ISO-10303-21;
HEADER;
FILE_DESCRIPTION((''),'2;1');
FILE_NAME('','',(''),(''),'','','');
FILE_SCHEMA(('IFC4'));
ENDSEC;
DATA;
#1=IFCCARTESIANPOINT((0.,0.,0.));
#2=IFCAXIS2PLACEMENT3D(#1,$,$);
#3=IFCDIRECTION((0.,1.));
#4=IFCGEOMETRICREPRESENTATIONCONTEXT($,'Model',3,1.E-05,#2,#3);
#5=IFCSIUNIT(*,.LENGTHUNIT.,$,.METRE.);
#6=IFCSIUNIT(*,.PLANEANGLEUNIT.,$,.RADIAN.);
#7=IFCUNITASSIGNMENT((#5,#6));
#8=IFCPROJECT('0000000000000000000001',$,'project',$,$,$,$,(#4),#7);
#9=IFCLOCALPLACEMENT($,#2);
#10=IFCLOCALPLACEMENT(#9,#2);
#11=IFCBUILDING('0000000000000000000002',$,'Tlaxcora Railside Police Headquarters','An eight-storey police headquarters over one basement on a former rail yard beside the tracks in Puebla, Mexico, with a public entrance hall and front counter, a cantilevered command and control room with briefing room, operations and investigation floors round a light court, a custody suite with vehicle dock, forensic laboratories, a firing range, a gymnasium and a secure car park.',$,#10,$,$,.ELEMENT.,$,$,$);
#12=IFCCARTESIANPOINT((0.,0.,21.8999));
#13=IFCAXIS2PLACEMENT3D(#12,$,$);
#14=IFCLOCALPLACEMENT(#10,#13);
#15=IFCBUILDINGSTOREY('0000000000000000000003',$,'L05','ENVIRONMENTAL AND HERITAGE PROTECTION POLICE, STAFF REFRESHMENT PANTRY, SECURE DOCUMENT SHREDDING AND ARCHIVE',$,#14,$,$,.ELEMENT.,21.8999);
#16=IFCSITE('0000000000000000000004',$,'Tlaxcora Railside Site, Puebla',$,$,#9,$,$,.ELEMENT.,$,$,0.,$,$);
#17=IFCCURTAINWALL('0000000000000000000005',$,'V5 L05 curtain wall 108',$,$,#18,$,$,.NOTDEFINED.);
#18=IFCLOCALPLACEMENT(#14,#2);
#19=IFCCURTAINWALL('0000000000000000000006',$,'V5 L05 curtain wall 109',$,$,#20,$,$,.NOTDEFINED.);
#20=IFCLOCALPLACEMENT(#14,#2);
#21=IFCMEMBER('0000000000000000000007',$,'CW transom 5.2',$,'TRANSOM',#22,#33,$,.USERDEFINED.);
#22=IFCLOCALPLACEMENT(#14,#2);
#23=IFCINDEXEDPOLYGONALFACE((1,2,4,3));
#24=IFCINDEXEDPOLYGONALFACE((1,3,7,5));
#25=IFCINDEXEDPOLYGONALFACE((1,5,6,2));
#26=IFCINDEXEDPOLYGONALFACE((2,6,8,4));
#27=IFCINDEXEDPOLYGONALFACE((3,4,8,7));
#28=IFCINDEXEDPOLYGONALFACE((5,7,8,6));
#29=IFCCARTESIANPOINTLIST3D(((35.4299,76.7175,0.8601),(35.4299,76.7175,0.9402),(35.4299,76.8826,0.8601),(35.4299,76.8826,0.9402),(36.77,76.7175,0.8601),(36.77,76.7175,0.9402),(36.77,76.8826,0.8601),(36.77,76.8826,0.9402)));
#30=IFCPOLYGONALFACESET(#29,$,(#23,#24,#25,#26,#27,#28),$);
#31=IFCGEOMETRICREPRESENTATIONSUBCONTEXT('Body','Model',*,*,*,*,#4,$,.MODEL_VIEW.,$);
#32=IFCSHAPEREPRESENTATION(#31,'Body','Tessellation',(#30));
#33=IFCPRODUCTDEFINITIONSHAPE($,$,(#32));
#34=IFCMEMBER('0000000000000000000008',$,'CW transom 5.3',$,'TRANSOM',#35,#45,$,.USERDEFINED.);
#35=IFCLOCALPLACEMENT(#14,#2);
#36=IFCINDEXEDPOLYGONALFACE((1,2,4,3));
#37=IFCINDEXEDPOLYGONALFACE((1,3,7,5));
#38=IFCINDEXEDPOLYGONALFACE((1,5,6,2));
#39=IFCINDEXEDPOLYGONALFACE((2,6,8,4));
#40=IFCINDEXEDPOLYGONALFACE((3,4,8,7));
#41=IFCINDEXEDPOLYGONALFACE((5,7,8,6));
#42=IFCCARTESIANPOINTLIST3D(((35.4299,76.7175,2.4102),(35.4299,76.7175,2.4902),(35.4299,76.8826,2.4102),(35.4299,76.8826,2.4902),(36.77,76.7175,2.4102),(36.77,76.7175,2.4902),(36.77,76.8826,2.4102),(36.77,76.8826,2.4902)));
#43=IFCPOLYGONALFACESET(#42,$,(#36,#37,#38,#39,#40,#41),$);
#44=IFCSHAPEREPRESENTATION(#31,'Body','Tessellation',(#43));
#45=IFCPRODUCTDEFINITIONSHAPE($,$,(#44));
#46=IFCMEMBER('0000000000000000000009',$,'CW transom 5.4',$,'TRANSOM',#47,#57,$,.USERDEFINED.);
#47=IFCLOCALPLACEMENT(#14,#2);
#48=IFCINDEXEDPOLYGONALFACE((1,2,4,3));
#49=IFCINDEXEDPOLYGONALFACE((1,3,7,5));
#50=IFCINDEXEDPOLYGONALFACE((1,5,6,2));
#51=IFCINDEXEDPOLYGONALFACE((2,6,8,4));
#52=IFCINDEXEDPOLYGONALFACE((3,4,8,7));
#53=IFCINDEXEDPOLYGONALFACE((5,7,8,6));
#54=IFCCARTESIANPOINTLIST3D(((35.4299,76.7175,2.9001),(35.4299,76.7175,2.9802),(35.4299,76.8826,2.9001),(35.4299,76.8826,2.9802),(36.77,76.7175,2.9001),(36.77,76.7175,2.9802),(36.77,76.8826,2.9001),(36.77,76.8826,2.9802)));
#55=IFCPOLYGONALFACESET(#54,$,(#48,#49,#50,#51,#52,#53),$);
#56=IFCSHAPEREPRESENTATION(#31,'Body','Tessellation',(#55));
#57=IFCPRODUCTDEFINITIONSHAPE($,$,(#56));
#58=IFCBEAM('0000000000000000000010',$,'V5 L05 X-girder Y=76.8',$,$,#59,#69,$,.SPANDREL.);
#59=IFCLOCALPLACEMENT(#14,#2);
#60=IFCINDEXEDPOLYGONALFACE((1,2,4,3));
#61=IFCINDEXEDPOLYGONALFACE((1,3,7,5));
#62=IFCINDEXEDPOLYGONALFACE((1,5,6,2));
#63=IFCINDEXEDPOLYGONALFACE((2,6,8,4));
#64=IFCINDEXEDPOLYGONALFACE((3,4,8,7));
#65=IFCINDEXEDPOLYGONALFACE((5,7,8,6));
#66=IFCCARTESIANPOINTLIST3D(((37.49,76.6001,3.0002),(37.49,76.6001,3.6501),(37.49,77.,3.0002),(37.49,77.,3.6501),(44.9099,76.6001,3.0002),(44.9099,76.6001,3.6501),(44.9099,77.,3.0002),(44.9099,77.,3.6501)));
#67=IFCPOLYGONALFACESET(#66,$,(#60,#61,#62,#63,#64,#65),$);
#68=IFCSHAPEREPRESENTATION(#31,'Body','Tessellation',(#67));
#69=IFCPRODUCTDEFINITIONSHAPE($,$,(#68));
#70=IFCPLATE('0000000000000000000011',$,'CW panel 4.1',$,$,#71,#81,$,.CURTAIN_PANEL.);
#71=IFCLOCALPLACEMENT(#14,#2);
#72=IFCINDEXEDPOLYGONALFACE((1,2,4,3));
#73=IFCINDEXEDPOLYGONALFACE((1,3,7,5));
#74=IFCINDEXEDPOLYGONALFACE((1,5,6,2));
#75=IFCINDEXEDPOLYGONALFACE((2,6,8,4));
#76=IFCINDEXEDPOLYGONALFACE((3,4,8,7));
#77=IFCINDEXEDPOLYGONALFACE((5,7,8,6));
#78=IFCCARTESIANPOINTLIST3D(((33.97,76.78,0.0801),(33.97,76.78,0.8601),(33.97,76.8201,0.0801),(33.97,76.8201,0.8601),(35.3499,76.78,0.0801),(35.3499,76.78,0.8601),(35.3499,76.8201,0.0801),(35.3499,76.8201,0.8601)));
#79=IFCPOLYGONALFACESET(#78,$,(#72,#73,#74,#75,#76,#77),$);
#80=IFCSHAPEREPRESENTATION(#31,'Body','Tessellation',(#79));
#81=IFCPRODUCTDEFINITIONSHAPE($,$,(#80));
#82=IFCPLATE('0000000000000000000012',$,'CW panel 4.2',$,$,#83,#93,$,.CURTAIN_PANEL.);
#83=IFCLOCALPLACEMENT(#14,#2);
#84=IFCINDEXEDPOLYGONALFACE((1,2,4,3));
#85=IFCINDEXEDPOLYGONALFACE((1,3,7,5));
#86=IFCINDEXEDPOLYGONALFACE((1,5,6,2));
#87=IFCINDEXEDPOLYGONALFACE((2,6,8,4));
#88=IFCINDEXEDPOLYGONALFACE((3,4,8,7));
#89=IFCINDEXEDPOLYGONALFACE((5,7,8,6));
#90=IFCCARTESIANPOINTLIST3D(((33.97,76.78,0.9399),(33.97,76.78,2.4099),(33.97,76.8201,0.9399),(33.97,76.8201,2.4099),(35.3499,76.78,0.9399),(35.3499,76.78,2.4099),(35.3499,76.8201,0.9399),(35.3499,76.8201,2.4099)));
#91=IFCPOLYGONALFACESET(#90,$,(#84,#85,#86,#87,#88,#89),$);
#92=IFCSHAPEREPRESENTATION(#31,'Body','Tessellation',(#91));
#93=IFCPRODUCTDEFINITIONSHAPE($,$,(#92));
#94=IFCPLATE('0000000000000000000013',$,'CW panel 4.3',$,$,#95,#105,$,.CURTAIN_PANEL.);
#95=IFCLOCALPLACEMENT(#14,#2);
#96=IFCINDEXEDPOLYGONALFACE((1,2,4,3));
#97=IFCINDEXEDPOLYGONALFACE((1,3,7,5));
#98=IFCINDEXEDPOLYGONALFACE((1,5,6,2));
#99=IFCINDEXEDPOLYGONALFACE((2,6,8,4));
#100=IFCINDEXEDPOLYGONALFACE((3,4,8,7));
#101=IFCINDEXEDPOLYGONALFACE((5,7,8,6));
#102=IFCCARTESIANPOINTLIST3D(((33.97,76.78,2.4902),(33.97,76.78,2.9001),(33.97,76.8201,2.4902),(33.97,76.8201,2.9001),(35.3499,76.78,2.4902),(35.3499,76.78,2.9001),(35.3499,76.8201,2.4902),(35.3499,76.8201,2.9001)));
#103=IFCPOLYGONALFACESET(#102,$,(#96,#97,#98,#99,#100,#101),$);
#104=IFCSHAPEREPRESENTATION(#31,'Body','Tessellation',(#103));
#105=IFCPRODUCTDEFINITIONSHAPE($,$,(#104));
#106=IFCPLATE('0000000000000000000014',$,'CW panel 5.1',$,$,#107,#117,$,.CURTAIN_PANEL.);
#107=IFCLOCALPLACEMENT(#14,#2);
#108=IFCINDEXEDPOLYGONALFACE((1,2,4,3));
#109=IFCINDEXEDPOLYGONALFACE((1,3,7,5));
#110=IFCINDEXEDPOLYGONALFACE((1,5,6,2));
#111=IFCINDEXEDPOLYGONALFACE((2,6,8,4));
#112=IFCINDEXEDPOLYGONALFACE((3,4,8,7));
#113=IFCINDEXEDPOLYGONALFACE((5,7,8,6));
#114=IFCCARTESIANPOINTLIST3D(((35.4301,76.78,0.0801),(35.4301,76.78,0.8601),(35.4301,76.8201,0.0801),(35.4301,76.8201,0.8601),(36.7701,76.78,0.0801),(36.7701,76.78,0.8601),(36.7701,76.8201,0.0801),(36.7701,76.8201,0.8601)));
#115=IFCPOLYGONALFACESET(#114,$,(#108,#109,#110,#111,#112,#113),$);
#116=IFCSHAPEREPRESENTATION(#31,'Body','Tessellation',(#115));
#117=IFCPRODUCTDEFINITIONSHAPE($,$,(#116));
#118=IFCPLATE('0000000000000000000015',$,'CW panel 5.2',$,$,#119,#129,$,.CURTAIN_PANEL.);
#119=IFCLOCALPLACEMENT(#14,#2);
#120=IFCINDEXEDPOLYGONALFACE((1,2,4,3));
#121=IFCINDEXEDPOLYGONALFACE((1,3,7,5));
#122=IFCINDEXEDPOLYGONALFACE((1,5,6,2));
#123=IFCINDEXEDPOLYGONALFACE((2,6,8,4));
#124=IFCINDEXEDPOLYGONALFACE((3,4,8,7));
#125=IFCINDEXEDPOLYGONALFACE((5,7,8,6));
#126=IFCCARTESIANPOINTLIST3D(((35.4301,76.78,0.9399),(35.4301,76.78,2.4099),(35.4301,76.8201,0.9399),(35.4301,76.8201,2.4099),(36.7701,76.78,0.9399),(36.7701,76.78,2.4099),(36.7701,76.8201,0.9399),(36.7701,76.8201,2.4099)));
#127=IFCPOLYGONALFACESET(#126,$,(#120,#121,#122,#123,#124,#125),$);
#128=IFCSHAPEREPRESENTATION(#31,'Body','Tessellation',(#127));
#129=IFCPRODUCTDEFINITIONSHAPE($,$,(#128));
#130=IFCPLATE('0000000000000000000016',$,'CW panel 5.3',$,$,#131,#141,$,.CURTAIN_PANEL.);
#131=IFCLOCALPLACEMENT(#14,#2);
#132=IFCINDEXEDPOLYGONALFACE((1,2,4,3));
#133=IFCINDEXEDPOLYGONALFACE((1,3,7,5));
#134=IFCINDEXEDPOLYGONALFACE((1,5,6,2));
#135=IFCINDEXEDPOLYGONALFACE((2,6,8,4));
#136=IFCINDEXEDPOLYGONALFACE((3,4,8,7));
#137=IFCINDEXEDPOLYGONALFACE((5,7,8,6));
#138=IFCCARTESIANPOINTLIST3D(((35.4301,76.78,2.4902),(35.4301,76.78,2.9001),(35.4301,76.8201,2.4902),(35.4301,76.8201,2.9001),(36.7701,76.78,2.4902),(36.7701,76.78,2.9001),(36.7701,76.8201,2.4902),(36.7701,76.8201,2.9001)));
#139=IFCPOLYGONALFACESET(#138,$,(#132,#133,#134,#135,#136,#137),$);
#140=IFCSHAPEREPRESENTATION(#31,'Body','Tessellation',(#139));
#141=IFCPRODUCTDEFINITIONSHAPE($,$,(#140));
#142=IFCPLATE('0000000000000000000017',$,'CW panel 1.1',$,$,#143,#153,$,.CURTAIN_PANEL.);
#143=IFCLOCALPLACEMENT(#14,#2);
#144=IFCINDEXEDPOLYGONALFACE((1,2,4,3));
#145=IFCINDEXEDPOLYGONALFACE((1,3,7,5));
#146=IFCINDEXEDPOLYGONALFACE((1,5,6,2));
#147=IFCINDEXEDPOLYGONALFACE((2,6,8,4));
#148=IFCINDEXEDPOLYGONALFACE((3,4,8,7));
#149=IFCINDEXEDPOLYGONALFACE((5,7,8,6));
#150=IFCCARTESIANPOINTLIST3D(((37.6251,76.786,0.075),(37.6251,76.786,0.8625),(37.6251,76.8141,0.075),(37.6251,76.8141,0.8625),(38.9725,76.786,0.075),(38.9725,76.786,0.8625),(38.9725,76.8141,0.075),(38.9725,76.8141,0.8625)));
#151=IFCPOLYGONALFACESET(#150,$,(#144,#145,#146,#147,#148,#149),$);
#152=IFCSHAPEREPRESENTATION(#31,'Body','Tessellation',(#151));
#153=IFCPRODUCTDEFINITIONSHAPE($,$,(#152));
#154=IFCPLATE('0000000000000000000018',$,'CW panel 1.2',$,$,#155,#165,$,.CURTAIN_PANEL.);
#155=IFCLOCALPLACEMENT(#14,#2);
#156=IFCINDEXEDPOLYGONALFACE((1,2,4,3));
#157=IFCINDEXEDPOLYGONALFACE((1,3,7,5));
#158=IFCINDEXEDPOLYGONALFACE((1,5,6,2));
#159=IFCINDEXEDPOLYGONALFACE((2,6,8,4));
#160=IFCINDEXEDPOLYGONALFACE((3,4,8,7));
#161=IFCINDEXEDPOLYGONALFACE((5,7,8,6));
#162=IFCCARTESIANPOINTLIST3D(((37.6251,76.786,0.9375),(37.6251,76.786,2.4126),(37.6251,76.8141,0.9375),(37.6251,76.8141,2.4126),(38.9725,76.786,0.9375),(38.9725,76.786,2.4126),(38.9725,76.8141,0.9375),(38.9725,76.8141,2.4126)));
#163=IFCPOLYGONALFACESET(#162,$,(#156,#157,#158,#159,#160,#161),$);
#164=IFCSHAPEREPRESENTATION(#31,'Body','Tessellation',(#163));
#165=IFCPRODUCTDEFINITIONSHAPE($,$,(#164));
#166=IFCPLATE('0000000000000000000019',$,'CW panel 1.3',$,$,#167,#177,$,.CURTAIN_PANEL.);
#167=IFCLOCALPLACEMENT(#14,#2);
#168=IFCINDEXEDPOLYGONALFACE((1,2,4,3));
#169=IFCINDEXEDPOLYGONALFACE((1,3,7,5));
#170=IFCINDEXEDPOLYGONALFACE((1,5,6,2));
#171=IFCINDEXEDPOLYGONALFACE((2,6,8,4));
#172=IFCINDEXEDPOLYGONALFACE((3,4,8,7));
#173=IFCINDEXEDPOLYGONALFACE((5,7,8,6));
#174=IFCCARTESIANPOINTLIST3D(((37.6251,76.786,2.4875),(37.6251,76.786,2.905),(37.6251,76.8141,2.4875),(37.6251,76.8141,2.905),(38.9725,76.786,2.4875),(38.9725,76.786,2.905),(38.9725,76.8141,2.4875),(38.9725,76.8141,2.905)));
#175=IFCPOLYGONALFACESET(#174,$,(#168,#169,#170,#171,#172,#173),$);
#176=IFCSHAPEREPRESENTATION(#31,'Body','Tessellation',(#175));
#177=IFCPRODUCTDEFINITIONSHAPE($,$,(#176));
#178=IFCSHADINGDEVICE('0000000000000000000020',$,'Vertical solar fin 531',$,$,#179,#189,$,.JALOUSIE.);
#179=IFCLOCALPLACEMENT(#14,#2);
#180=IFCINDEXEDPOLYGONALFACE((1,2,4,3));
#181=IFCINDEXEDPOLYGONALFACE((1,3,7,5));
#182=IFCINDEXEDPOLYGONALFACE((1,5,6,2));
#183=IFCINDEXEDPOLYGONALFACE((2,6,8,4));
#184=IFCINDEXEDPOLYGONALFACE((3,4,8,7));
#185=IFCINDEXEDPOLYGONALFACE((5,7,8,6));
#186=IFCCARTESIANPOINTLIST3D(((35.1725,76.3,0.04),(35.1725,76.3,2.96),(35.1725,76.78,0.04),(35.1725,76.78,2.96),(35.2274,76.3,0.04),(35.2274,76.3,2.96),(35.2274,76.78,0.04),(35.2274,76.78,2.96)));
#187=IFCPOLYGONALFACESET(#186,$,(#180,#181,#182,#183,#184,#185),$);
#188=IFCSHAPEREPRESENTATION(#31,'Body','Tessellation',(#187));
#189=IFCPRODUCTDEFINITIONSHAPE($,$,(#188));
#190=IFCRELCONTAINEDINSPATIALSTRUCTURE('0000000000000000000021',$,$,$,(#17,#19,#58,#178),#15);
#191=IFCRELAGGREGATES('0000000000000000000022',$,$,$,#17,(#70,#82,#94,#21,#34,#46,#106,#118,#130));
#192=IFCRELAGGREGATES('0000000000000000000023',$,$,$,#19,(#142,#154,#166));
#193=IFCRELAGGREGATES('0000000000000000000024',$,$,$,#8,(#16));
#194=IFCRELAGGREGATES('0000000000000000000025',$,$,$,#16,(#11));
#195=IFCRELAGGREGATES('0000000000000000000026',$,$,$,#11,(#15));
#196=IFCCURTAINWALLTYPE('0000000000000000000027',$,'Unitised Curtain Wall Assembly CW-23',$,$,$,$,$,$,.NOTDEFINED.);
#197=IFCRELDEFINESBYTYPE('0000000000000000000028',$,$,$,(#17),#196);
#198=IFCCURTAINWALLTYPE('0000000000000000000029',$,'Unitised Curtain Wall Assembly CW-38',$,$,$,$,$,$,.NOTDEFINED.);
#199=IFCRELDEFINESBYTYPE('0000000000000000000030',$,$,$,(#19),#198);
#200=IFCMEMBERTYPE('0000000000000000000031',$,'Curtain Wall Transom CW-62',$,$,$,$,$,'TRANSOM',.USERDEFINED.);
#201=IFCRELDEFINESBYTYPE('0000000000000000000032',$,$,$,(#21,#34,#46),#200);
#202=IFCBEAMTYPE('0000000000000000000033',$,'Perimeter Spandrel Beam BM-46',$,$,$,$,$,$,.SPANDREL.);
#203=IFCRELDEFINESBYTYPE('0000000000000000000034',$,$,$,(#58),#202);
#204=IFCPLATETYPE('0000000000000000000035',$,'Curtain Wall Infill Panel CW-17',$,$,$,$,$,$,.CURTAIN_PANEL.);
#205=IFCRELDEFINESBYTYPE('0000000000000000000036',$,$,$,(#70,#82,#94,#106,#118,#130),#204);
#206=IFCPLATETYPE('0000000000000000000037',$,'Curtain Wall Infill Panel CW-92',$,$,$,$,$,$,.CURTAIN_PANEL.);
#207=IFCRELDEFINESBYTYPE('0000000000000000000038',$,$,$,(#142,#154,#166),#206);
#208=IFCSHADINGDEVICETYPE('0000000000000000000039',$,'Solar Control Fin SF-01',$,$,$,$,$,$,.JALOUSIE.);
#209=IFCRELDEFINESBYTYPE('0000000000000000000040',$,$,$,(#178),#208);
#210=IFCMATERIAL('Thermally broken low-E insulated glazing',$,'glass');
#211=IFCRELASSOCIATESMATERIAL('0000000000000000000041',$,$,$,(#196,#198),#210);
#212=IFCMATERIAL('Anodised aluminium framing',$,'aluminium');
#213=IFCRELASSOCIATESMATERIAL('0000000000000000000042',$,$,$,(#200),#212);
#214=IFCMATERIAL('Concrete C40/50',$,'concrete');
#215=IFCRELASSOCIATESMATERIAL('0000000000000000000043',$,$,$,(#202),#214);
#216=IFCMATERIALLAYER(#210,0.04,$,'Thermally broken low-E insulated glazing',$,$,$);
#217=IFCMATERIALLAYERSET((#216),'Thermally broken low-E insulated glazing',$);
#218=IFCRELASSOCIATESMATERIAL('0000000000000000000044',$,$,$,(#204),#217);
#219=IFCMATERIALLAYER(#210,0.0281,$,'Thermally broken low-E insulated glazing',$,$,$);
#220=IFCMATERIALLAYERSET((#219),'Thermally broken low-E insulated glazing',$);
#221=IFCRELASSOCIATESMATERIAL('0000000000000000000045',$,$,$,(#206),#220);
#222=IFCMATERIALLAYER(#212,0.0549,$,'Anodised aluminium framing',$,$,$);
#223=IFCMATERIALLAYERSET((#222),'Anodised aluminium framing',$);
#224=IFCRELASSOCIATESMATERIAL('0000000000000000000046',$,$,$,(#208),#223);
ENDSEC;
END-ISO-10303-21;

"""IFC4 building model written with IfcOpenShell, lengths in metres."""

from ifc_helpers import new_model, si_unit, direction, frame, origin, origin_2d, place, context, subcontext, project, spatial, rectangle, extrude, material, layer, layer_set, material_profile, profile_set, type_object, element, aggregate, save


model = new_model("IFC4")

# Units and contexts
model_context = context("Model", 3, precision=1e-05, world=origin(), true_north=direction((0.0, 1.0)))
body_context = subcontext(model_context, "Body", "Model", "MODEL_VIEW")
ifc_project = project(units=[si_unit("LENGTHUNIT", "METRE"), si_unit("PLANEANGLEUNIT", "RADIAN")], contexts=[model_context])

# Site, building, storey
site_placement = place(None, origin())
site = spatial("IfcSite", under=ifc_project, at=site_placement, Name="Tlaxcora Railside Site, Puebla", CompositionType="ELEMENT", RefElevation=0.0)
building_placement = place(site_placement, origin())
building = spatial("IfcBuilding", under=site, at=building_placement, Name="Tlaxcora Railside Police Headquarters", Description="An eight-storey police headquarters over one basement on a former rail yard beside the tracks in Puebla, Mexico, with a public entrance hall and front counter, a cantilevered command and control room with briefing room, operations and investigation floors round a light court, a custody suite with vehicle dock, forensic laboratories, a firing range, a gymnasium and a secure car park.", CompositionType="ELEMENT")
storey_placement = place(building_placement, frame((0.0, 0.0, 21.8999)))
storey = spatial("IfcBuildingStorey", under=building, at=storey_placement, Name="L05", Description="ENVIRONMENTAL AND HERITAGE PROTECTION POLICE, STAFF REFRESHMENT PANTRY, SECURE DOCUMENT SHREDDING AND ARCHIVE", CompositionType="ELEMENT", Elevation=21.8999)

# Shared definitions
ifc_material_1 = material(Name="Concrete C40/50", Category="concrete")

# Curtain walls
ifc_material_2 = material(Name="Thermally broken low-E insulated glazing", Category="glass")
curtain_wall_type_1 = type_object("IfcCurtainWallType", Name="Unitised Curtain Wall Assembly CW-23", PredefinedType="NOTDEFINED", material=ifc_material_2)
curtain_wall_1_placement = place(storey_placement, origin())
curtain_wall_1 = element("IfcCurtainWall", 1, at=curtain_wall_1_placement, inside=storey, type_object=curtain_wall_type_1, Name="V5 L05 curtain wall 108", PredefinedType="NOTDEFINED")
ifc_material_3 = material(Name="Anodised aluminium framing", Category="aluminium")
curtain_wall_type_2 = type_object("IfcCurtainWallType", Name="Unitised Curtain Wall Assembly CW-38", PredefinedType="NOTDEFINED", material=ifc_material_2)
curtain_wall_2_placement = place(storey_placement, origin())
curtain_wall_2 = element("IfcCurtainWall", 2, at=curtain_wall_2_placement, inside=storey, type_object=curtain_wall_type_2, Name="V5 L05 curtain wall 109", PredefinedType="NOTDEFINED")

# Members
ifc_material_profile_1 = material_profile(ifc_material_3, rectangle(XDim=0.165, YDim=0.0801, at=origin_2d()), Name="AL80X165")
ifc_profile_set_1 = profile_set([ifc_material_profile_1], Name="Anodised aluminium framing")
member_type_1 = type_object("IfcMemberType", Name="Curtain Wall Transom CW-62", ElementType="TRANSOM", PredefinedType="USERDEFINED", material=ifc_profile_set_1)
member_1_placement = place(storey_placement, frame((35.4299, 76.8, 0.9001), z_axis=(1.0, 0.0, 0.0), x_axis=(0.0, 1.0, 0.0)))
member_1 = element("IfcMember", 3, at=member_1_placement, type_object=member_type_1, Name="CW transom 5.2", ObjectType="TRANSOM", PredefinedType="USERDEFINED", context=body_context, shape_type="SweptSolid", body=[
    extrude(rectangle(XDim=0.165, YDim=0.0801, at=origin_2d()), origin(), (0.0, 0.0, 1.0), 1.3401),
])
member_2_placement = place(storey_placement, frame((35.4299, 76.8, 2.4502), z_axis=(1.0, 0.0, 0.0), x_axis=(0.0, 1.0, 0.0)))
member_2 = element("IfcMember", 4, at=member_2_placement, type_object=member_type_1, Name="CW transom 5.3", ObjectType="TRANSOM", PredefinedType="USERDEFINED", context=body_context, shape_type="SweptSolid", body=[
    extrude(rectangle(XDim=0.165, YDim=0.0801, at=origin_2d()), origin(), (0.0, 0.0, 1.0), 1.3401),
])
member_3_placement = place(storey_placement, frame((35.4299, 76.8, 2.9402), z_axis=(1.0, 0.0, 0.0), x_axis=(0.0, 1.0, 0.0)))
member_3 = element("IfcMember", 5, at=member_3_placement, type_object=member_type_1, Name="CW transom 5.4", ObjectType="TRANSOM", PredefinedType="USERDEFINED", context=body_context, shape_type="SweptSolid", body=[
    extrude(rectangle(XDim=0.165, YDim=0.0801, at=origin_2d()), origin(), (0.0, 0.0, 1.0), 1.3401),
])

# Beam
ifc_material_profile_2 = material_profile(ifc_material_1, rectangle(XDim=0.3999, YDim=0.6499, at=origin_2d()), Name="RC400X650")
ifc_profile_set_2 = profile_set([ifc_material_profile_2], Name="Concrete C40/50")
beam_type = type_object("IfcBeamType", Name="Perimeter Spandrel Beam BM-46", PredefinedType="SPANDREL", material=ifc_profile_set_2)
beam_placement = place(storey_placement, frame((37.49, 76.8, 3.3252), z_axis=(1.0, 0.0, 0.0), x_axis=(0.0, 1.0, 0.0)))
element("IfcBeam", 6, at=beam_placement, inside=storey, type_object=beam_type, Name="V5 L05 X-girder Y=76.8", PredefinedType="SPANDREL", context=body_context, shape_type="SweptSolid", body=[
    extrude(rectangle(XDim=0.3999, YDim=0.6499, at=origin_2d()), origin(), (0.0, 0.0, 1.0), 7.4199),
])

# Plates
ifc_layer_1 = layer(ifc_material_2, 0.04, Name="Thermally broken low-E insulated glazing")
ifc_layer_set_1 = layer_set([ifc_layer_1], Name="Thermally broken low-E insulated glazing")
plate_type_1 = type_object("IfcPlateType", Name="Curtain Wall Infill Panel CW-17", PredefinedType="CURTAIN_PANEL", material=ifc_layer_set_1)
plate_1_placement = place(storey_placement, frame((34.6599, 76.8, 0.0801), z_axis=(0.0, 0.0, 1.0), x_axis=(1.0, 0.0, 0.0)))
plate_1 = element("IfcPlate", 7, at=plate_1_placement, type_object=plate_type_1, Name="CW panel 4.1", PredefinedType="CURTAIN_PANEL", context=body_context, shape_type="SweptSolid", body=[
    extrude(rectangle(XDim=1.3799, YDim=0.04, at=origin_2d()), origin(), (0.0, 0.0, 1.0), 0.78),
])
plate_2_placement = place(storey_placement, frame((34.6599, 76.8, 0.9399), z_axis=(0.0, 0.0, 1.0), x_axis=(1.0, 0.0, 0.0)))
plate_2 = element("IfcPlate", 8, at=plate_2_placement, type_object=plate_type_1, Name="CW panel 4.2", PredefinedType="CURTAIN_PANEL", context=body_context, shape_type="SweptSolid", body=[
    extrude(rectangle(XDim=1.3799, YDim=0.04, at=origin_2d()), origin(), (0.0, 0.0, 1.0), 1.47),
])
plate_3_placement = place(storey_placement, frame((34.6599, 76.8, 2.4902), z_axis=(0.0, 0.0, 1.0), x_axis=(1.0, 0.0, 0.0)))
plate_3 = element("IfcPlate", 9, at=plate_3_placement, type_object=plate_type_1, Name="CW panel 4.3", PredefinedType="CURTAIN_PANEL", context=body_context, shape_type="SweptSolid", body=[
    extrude(rectangle(XDim=1.3799, YDim=0.04, at=origin_2d()), origin(), (0.0, 0.0, 1.0), 0.4099),
])
plate_4_placement = place(storey_placement, frame((36.1001, 76.8, 0.0801), z_axis=(0.0, 0.0, 1.0), x_axis=(1.0, 0.0, 0.0)))
plate_4 = element("IfcPlate", 10, at=plate_4_placement, type_object=plate_type_1, Name="CW panel 5.1", PredefinedType="CURTAIN_PANEL", context=body_context, shape_type="SweptSolid", body=[
    extrude(rectangle(XDim=1.3401, YDim=0.04, at=origin_2d()), origin(), (0.0, 0.0, 1.0), 0.78),
])
plate_5_placement = place(storey_placement, frame((36.1001, 76.8, 0.9399), z_axis=(0.0, 0.0, 1.0), x_axis=(1.0, 0.0, 0.0)))
plate_5 = element("IfcPlate", 11, at=plate_5_placement, type_object=plate_type_1, Name="CW panel 5.2", PredefinedType="CURTAIN_PANEL", context=body_context, shape_type="SweptSolid", body=[
    extrude(rectangle(XDim=1.3401, YDim=0.04, at=origin_2d()), origin(), (0.0, 0.0, 1.0), 1.47),
])
plate_6_placement = place(storey_placement, frame((36.1001, 76.8, 2.4902), z_axis=(0.0, 0.0, 1.0), x_axis=(1.0, 0.0, 0.0)))
plate_6 = element("IfcPlate", 12, at=plate_6_placement, type_object=plate_type_1, Name="CW panel 5.3", PredefinedType="CURTAIN_PANEL", context=body_context, shape_type="SweptSolid", body=[
    extrude(rectangle(XDim=1.3401, YDim=0.04, at=origin_2d()), origin(), (0.0, 0.0, 1.0), 0.4099),
])
aggregate(curtain_wall_1, [plate_1, plate_2, plate_3, member_1, member_2, member_3, plate_4, plate_5, plate_6])
ifc_layer_2 = layer(ifc_material_2, 0.0281, Name="Thermally broken low-E insulated glazing")
ifc_layer_set_2 = layer_set([ifc_layer_2], Name="Thermally broken low-E insulated glazing")
plate_type_2 = type_object("IfcPlateType", Name="Curtain Wall Infill Panel CW-92", PredefinedType="CURTAIN_PANEL", material=ifc_layer_set_2)
plate_7_placement = place(storey_placement, frame((38.2988, 76.8, 0.075), z_axis=(0.0, 0.0, 1.0), x_axis=(1.0, 0.0, 0.0)))
plate_7 = element("IfcPlate", 13, at=plate_7_placement, type_object=plate_type_2, Name="CW panel 1.1", PredefinedType="CURTAIN_PANEL", context=body_context, shape_type="SweptSolid", body=[
    extrude(rectangle(XDim=1.3474, YDim=0.0281, at=origin_2d()), origin(), (0.0, 0.0, 1.0), 0.7876),
])
plate_8_placement = place(storey_placement, frame((38.2988, 76.8, 0.9375), z_axis=(0.0, 0.0, 1.0), x_axis=(1.0, 0.0, 0.0)))
plate_8 = element("IfcPlate", 14, at=plate_8_placement, type_object=plate_type_2, Name="CW panel 1.2", PredefinedType="CURTAIN_PANEL", context=body_context, shape_type="SweptSolid", body=[
    extrude(rectangle(XDim=1.3474, YDim=0.0281, at=origin_2d()), origin(), (0.0, 0.0, 1.0), 1.4751),
])
plate_9_placement = place(storey_placement, frame((38.2988, 76.8, 2.4875), z_axis=(0.0, 0.0, 1.0), x_axis=(1.0, 0.0, 0.0)))
plate_9 = element("IfcPlate", 15, at=plate_9_placement, type_object=plate_type_2, Name="CW panel 1.3", PredefinedType="CURTAIN_PANEL", context=body_context, shape_type="SweptSolid", body=[
    extrude(rectangle(XDim=1.3474, YDim=0.0281, at=origin_2d()), origin(), (0.0, 0.0, 1.0), 0.4175),
])
aggregate(curtain_wall_2, [plate_7, plate_8, plate_9])

# Shading device
ifc_layer_3 = layer(ifc_material_3, 0.0549, Name="Anodised aluminium framing")
ifc_layer_set_3 = layer_set([ifc_layer_3], Name="Anodised aluminium framing")
shading_device_type = type_object("IfcShadingDeviceType", Name="Solar Control Fin SF-01", PredefinedType="JALOUSIE", material=ifc_layer_set_3)
for number, where, z_axis, x_axis, name in (
    (16, (35.2, 76.54, 0.04), (0.0, 0.0, 1.0), (0.0, -1.0, 0.0), "Vertical solar fin 531"),
):
    element("IfcShadingDevice", number, at=place(storey_placement, frame(where, z_axis=z_axis, x_axis=x_axis)), inside=storey, type_object=shading_device_type, Name=name, PredefinedType="JALOUSIE", context=body_context, shape_type="SweptSolid", body=[
        extrude(rectangle(XDim=0.48, YDim=0.0549, at=origin_2d()), origin(), (0.0, 0.0, 1.0), 2.9199),
    ])

save(model, "model.ifc")
